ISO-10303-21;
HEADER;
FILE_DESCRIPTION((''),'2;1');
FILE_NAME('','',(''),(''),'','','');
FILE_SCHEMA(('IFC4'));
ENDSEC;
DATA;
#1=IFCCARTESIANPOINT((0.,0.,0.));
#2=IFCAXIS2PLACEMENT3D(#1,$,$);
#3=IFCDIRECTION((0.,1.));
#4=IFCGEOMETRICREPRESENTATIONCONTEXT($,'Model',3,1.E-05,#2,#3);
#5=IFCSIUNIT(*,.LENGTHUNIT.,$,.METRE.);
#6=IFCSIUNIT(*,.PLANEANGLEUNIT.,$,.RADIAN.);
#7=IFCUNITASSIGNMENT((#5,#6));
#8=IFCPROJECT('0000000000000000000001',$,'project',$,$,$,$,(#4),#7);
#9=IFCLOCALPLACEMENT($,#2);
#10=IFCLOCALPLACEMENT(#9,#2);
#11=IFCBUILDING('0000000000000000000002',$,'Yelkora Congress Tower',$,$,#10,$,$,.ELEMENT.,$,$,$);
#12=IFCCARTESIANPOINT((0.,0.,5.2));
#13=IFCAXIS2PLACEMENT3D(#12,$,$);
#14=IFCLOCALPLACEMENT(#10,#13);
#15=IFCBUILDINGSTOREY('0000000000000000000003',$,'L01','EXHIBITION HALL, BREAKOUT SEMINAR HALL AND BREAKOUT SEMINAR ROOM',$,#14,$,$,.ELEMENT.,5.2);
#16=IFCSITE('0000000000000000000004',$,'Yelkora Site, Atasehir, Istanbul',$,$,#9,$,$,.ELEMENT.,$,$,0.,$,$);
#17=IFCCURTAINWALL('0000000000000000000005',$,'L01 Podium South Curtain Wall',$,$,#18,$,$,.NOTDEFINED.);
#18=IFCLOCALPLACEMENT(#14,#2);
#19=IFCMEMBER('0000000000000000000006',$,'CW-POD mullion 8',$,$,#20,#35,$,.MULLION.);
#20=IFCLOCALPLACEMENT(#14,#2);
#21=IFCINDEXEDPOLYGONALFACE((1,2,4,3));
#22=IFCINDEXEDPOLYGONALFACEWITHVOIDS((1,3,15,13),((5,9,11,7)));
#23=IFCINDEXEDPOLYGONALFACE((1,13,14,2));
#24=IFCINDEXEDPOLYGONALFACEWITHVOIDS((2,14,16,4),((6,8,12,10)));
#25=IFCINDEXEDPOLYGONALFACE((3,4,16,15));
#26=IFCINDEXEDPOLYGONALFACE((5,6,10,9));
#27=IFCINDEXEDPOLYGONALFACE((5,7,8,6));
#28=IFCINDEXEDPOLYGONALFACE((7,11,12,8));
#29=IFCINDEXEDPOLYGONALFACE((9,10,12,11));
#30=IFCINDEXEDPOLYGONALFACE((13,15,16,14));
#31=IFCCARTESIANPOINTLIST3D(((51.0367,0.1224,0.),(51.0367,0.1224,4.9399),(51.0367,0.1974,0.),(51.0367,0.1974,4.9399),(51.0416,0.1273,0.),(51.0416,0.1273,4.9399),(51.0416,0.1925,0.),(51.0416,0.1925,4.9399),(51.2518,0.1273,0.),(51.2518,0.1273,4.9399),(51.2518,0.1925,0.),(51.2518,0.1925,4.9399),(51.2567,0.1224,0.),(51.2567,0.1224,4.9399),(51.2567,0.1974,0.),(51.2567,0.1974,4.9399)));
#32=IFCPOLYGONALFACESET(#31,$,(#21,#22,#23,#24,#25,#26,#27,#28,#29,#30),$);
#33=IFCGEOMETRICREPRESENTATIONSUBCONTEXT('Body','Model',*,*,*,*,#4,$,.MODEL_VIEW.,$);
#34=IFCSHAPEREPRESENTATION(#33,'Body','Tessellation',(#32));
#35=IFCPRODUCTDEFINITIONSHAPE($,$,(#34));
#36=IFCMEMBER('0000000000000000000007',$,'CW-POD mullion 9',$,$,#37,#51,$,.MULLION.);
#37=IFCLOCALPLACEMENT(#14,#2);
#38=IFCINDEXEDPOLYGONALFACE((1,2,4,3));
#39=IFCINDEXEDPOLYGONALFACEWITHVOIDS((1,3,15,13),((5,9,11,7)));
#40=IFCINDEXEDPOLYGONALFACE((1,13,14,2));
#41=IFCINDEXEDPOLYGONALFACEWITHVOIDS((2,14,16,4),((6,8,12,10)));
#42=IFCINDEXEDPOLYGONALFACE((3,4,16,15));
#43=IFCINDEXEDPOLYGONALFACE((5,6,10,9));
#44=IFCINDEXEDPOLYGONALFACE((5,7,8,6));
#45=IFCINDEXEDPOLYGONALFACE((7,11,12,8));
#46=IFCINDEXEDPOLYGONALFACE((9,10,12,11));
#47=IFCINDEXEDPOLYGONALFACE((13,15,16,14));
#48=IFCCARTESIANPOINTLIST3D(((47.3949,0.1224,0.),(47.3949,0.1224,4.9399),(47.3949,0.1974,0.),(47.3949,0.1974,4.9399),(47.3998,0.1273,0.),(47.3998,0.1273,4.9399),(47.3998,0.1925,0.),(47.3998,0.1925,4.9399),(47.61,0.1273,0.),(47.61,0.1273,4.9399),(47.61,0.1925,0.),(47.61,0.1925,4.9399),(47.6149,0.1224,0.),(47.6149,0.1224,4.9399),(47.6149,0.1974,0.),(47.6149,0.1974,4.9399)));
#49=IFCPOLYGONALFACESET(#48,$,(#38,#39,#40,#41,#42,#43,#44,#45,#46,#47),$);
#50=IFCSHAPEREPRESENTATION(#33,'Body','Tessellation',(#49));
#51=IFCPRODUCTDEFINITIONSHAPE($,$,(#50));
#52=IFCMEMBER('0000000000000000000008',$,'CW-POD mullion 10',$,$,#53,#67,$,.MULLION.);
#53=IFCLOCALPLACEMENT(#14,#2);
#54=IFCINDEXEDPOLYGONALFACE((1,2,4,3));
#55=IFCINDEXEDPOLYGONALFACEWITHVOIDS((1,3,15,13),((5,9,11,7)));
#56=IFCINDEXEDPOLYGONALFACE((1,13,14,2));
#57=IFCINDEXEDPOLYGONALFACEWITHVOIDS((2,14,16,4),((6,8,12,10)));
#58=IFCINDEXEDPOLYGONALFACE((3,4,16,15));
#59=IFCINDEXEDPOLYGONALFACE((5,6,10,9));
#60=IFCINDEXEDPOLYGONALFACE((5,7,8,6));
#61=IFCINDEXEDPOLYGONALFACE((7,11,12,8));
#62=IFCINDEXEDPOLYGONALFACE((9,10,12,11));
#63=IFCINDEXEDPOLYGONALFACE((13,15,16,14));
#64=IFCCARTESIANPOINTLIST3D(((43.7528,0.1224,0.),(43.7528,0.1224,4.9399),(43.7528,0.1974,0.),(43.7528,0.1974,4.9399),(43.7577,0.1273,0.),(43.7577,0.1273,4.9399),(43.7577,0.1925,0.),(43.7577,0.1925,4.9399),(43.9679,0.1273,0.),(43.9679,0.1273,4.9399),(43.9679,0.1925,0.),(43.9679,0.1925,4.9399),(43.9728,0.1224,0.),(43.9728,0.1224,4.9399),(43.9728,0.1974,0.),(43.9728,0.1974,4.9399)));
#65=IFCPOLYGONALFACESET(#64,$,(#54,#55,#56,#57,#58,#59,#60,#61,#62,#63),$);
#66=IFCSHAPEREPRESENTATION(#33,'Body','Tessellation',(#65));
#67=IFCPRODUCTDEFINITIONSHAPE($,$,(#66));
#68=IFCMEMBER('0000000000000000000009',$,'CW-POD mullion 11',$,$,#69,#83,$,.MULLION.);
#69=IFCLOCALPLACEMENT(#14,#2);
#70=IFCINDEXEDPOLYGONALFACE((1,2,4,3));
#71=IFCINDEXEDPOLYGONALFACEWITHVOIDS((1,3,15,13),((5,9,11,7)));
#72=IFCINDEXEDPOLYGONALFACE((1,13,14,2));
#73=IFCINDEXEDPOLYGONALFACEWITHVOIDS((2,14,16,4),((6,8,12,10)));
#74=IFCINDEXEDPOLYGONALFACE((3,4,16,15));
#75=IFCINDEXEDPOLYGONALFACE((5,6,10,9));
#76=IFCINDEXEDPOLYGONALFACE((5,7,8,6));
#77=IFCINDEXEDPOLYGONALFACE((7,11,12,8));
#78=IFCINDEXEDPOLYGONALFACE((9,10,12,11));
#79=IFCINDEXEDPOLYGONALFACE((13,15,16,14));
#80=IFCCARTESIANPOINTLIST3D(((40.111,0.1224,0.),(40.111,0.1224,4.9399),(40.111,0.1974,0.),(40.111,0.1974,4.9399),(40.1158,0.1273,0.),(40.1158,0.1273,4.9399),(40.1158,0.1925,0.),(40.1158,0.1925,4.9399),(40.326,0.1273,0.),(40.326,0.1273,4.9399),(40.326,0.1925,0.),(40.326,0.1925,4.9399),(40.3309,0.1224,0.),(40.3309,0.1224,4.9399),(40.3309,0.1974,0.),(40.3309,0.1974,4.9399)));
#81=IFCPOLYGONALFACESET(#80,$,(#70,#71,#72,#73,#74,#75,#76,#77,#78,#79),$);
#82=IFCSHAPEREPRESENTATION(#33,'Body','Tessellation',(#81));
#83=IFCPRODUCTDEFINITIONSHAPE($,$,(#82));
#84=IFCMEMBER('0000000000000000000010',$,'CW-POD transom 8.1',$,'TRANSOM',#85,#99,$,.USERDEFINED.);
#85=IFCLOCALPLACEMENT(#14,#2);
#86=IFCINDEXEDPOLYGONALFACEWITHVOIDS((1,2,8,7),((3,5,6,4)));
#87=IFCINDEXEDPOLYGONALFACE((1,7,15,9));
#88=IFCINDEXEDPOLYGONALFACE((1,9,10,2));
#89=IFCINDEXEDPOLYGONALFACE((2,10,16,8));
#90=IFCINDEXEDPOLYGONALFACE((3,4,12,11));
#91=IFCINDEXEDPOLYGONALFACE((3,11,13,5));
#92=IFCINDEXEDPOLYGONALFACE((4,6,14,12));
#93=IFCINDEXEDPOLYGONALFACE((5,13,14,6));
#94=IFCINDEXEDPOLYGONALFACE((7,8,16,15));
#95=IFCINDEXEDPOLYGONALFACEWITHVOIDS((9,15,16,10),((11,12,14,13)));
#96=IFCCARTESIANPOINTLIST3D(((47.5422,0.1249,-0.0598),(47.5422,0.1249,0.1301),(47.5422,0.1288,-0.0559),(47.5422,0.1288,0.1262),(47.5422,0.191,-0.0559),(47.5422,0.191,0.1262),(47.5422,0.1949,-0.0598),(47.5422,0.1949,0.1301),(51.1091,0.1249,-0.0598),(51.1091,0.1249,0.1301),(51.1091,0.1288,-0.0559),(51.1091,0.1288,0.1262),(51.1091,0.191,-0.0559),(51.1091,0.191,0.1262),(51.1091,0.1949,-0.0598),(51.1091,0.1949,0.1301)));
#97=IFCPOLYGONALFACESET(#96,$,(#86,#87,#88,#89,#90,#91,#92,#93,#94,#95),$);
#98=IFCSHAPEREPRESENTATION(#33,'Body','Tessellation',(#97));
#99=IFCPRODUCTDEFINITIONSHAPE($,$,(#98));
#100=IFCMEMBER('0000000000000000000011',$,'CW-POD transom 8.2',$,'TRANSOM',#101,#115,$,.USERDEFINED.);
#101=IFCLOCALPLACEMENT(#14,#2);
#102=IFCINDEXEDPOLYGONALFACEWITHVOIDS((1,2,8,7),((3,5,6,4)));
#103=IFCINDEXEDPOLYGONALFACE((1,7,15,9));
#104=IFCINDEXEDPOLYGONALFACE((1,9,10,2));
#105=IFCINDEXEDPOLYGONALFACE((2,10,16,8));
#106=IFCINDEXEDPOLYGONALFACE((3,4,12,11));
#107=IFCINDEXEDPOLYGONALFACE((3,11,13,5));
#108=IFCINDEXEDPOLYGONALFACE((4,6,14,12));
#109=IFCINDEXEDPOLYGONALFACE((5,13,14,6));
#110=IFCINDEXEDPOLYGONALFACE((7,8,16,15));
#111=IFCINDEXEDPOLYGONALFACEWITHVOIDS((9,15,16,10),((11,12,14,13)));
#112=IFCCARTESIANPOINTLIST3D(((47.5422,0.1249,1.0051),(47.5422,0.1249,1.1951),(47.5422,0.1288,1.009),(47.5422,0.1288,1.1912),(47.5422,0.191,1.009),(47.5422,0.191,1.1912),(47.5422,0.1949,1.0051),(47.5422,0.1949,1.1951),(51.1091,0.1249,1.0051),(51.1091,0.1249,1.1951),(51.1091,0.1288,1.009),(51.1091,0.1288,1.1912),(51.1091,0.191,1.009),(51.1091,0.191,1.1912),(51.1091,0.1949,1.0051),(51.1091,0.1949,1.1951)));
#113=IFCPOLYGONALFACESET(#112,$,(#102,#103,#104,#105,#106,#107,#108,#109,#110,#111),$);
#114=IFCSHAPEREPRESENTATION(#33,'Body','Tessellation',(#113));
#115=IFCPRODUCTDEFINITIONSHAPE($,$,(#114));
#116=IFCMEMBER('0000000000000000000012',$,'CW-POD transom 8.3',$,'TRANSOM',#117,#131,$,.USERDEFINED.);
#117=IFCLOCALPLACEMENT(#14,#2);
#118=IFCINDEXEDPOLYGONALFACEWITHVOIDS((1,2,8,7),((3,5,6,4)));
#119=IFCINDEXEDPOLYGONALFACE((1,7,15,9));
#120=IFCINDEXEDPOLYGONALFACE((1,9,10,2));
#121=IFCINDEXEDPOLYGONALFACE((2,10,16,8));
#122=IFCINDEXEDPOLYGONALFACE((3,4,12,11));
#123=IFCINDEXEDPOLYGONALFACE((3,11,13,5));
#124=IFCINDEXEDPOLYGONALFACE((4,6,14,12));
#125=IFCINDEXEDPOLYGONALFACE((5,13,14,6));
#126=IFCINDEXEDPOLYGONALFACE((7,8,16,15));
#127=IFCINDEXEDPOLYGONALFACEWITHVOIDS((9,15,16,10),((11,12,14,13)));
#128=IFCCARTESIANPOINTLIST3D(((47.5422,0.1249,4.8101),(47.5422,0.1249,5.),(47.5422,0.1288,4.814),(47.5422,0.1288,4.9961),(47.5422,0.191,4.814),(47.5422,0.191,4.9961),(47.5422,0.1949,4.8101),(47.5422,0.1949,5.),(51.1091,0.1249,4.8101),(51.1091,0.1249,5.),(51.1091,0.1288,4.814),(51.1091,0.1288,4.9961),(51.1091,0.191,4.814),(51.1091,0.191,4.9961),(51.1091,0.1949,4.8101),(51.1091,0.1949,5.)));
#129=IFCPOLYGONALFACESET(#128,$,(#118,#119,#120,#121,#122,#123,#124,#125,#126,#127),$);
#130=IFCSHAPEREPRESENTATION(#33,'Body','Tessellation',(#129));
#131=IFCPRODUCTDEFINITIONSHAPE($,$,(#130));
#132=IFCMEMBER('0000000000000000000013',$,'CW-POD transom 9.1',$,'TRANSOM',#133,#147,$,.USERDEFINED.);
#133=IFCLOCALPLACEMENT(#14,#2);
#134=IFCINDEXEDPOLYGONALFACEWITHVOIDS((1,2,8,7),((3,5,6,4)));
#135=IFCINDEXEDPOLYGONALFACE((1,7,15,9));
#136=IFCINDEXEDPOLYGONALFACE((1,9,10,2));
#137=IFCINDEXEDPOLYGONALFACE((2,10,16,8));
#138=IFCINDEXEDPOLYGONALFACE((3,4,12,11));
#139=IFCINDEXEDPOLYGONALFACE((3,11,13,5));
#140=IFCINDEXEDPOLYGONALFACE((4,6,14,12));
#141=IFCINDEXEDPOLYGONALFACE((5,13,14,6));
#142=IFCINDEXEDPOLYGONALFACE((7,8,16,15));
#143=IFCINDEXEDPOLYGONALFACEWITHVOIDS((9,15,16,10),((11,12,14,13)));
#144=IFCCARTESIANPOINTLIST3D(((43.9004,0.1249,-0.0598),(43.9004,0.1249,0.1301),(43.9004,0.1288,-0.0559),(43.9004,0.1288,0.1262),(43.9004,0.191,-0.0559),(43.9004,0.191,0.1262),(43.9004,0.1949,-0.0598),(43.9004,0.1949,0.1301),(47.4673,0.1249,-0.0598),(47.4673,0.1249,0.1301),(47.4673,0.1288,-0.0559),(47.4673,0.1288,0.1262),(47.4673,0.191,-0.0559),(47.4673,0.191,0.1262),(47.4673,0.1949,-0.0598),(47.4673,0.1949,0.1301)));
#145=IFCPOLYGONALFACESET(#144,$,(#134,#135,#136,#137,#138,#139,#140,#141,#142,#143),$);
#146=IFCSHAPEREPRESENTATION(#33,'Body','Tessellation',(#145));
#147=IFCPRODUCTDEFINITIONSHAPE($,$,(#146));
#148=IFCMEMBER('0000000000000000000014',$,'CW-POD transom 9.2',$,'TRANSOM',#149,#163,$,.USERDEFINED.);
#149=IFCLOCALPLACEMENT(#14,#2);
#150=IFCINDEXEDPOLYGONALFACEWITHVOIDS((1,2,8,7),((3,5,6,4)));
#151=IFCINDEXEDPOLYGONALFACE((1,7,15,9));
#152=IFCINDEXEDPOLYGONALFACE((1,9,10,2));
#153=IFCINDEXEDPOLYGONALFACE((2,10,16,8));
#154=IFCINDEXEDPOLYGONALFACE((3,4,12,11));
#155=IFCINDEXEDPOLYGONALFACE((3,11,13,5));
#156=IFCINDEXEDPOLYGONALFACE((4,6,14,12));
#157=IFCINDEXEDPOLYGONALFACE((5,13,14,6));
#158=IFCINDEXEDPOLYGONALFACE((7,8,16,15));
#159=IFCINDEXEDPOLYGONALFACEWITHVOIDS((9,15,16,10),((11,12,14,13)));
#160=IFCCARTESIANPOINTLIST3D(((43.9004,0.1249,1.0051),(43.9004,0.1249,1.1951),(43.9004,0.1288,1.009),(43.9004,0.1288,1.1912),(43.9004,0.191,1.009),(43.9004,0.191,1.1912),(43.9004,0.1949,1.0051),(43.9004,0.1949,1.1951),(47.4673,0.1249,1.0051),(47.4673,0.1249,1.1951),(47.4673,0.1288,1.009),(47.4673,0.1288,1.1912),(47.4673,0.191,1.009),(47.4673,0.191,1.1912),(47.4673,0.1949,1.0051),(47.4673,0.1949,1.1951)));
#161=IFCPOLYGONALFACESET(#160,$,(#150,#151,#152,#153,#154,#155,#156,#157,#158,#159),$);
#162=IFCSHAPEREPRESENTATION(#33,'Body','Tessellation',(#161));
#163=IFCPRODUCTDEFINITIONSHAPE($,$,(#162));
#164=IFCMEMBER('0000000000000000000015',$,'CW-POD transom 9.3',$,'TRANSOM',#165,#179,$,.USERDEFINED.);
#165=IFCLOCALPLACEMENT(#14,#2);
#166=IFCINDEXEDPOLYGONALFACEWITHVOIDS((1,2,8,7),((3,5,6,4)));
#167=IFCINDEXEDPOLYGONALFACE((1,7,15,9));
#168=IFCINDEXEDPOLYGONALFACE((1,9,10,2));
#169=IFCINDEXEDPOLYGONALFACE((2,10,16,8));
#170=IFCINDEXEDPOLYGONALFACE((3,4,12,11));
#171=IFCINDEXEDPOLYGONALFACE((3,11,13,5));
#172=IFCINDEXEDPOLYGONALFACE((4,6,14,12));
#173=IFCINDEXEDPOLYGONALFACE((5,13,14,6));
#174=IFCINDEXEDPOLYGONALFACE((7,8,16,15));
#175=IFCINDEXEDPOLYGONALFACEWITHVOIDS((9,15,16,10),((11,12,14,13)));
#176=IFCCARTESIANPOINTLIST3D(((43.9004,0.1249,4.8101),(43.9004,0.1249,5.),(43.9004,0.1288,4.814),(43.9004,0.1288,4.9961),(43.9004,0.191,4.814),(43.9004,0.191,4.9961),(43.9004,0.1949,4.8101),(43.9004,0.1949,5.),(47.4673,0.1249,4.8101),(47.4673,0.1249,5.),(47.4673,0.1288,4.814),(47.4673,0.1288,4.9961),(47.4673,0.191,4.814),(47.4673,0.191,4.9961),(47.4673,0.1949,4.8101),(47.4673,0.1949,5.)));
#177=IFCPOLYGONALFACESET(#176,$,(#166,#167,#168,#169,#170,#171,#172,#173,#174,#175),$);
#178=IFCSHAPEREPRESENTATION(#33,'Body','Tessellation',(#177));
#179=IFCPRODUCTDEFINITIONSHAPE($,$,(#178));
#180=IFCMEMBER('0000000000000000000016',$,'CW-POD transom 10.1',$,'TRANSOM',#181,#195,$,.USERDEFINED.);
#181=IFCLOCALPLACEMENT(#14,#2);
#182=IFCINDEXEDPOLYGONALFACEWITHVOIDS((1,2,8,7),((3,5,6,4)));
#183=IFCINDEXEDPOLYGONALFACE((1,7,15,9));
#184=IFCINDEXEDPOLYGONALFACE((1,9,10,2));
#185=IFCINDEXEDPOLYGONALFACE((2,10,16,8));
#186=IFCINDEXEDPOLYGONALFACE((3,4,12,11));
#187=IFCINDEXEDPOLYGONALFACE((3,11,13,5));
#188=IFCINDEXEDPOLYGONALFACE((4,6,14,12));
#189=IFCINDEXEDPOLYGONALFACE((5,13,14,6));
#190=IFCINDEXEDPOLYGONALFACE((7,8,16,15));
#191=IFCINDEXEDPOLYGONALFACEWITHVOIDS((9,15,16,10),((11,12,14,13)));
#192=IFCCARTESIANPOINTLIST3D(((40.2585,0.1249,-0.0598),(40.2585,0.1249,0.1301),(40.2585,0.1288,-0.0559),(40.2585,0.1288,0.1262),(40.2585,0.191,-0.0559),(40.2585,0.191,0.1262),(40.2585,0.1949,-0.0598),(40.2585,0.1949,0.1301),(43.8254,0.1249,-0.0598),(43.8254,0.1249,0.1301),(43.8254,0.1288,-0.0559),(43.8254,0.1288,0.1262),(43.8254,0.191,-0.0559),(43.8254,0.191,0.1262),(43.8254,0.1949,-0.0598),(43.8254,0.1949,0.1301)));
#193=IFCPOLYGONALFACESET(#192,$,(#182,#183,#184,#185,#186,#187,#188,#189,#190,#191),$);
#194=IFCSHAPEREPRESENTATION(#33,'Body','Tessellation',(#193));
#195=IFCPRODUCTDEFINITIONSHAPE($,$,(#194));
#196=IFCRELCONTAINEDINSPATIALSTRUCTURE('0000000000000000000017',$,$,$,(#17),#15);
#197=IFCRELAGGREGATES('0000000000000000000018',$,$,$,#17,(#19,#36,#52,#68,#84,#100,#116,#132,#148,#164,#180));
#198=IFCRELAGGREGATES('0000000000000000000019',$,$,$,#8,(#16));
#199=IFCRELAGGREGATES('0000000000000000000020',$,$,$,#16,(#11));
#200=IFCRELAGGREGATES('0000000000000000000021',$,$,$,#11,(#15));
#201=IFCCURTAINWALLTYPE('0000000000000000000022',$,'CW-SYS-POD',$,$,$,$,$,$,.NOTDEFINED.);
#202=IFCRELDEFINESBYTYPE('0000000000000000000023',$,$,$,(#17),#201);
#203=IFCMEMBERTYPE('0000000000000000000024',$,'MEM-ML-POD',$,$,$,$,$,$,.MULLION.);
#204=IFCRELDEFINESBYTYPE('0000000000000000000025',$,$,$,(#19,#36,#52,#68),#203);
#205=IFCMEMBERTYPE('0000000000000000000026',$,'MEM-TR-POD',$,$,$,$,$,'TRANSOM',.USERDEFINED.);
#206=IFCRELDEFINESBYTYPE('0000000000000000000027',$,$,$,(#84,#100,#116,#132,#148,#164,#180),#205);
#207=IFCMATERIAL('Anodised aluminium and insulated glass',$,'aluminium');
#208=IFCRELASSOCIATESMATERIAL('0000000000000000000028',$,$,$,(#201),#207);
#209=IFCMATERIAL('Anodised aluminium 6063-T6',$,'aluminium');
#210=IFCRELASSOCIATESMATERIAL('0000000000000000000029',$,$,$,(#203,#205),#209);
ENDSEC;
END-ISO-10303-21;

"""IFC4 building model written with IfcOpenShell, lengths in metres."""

from ifc_helpers import new_model, si_unit, direction, frame, origin, origin_2d, place, context, subcontext, project, spatial, hollow_rectangle, extrude, material, material_profile, profile_set, type_object, element, aggregate, save


model = new_model("IFC4")

# Units and contexts
model_context = context("Model", 3, precision=1e-05, world=origin(), true_north=direction((0.0, 1.0)))
body_context = subcontext(model_context, "Body", "Model", "MODEL_VIEW")
ifc_project = project(units=[si_unit("LENGTHUNIT", "METRE"), si_unit("PLANEANGLEUNIT", "RADIAN")], contexts=[model_context])

# Site, building, storey
site_placement = place(None, origin())
site = spatial("IfcSite", under=ifc_project, at=site_placement, Name="Yelkora Site, Atasehir, Istanbul", CompositionType="ELEMENT", RefElevation=0.0)
building_placement = place(site_placement, origin())
building = spatial("IfcBuilding", under=site, at=building_placement, Name="Yelkora Congress Tower", CompositionType="ELEMENT")
storey_placement = place(building_placement, frame((0.0, 0.0, 5.2)))
storey = spatial("IfcBuildingStorey", under=building, at=storey_placement, Name="L01", Description="EXHIBITION HALL, BREAKOUT SEMINAR HALL AND BREAKOUT SEMINAR ROOM", CompositionType="ELEMENT", Elevation=5.2)

# Curtain wall, members
ifc_material_1 = material(Name="Anodised aluminium and insulated glass", Category="aluminium")
curtain_wall_type = type_object("IfcCurtainWallType", Name="CW-SYS-POD", PredefinedType="NOTDEFINED", material=ifc_material_1)
curtain_wall_placement = place(storey_placement, origin())
curtain_wall = element("IfcCurtainWall", 1, at=curtain_wall_placement, inside=storey, type_object=curtain_wall_type, Name="L01 Podium South Curtain Wall", PredefinedType="NOTDEFINED")
ifc_material_2 = material(Name="Anodised aluminium 6063-T6", Category="aluminium")
ifc_material_profile_1 = material_profile(ifc_material_2, hollow_rectangle(XDim=0.075, YDim=0.22, WallThickness=0.0049, at=origin_2d()), Name="ALU 75x220x5")
ifc_profile_set_1 = profile_set([ifc_material_profile_1], Name="Anodised aluminium 6063-T6")
member_type_1 = type_object("IfcMemberType", Name="MEM-ML-POD", PredefinedType="MULLION", material=ifc_profile_set_1)
member_1_placement = place(storey_placement, frame((51.1467, 0.1599, 0.0), z_axis=(0.0, 0.0, 1.0), x_axis=(0.0, -1.0, 0.0)))
member_1 = element("IfcMember", 2, at=member_1_placement, type_object=member_type_1, Name="CW-POD mullion 8", PredefinedType="MULLION", context=body_context, shape_type="SweptSolid", body=[
    extrude(hollow_rectangle(XDim=0.075, YDim=0.22, WallThickness=0.0049, at=origin_2d()), origin(), (0.0, 0.0, 1.0), 4.9399),
])
member_2_placement = place(storey_placement, frame((47.5049, 0.1599, 0.0), z_axis=(0.0, 0.0, 1.0), x_axis=(0.0, -1.0, 0.0)))
member_2 = element("IfcMember", 3, at=member_2_placement, type_object=member_type_1, Name="CW-POD mullion 9", PredefinedType="MULLION", context=body_context, shape_type="SweptSolid", body=[
    extrude(hollow_rectangle(XDim=0.075, YDim=0.22, WallThickness=0.0049, at=origin_2d()), origin(), (0.0, 0.0, 1.0), 4.9399),
])
member_3_placement = place(storey_placement, frame((43.8628, 0.1599, 0.0), z_axis=(0.0, 0.0, 1.0), x_axis=(0.0, -1.0, 0.0)))
member_3 = element("IfcMember", 4, at=member_3_placement, type_object=member_type_1, Name="CW-POD mullion 10", PredefinedType="MULLION", context=body_context, shape_type="SweptSolid", body=[
    extrude(hollow_rectangle(XDim=0.075, YDim=0.22, WallThickness=0.0049, at=origin_2d()), origin(), (0.0, 0.0, 1.0), 4.9399),
])
member_4_placement = place(storey_placement, frame((40.2209, 0.1599, 0.0), z_axis=(0.0, 0.0, 1.0), x_axis=(0.0, -1.0, 0.0)))
member_4 = element("IfcMember", 5, at=member_4_placement, type_object=member_type_1, Name="CW-POD mullion 11", PredefinedType="MULLION", context=body_context, shape_type="SweptSolid", body=[
    extrude(hollow_rectangle(XDim=0.075, YDim=0.22, WallThickness=0.0049, at=origin_2d()), origin(), (0.0, 0.0, 1.0), 4.9399),
])
ifc_material_profile_2 = material_profile(ifc_material_2, hollow_rectangle(XDim=0.0701, YDim=0.1899, WallThickness=0.0039, at=origin_2d()), Name="ALU 70x190x4")
ifc_profile_set_2 = profile_set([ifc_material_profile_2], Name="Anodised aluminium 6063-T6")
member_type_2 = type_object("IfcMemberType", Name="MEM-TR-POD", ElementType="TRANSOM", PredefinedType="USERDEFINED", material=ifc_profile_set_2)
member_5_placement = place(storey_placement, frame((51.1091, 0.1599, 0.0352), z_axis=(-1.0, 0.0, 0.0), x_axis=(0.0, -1.0, 0.0)))
member_5 = element("IfcMember", 6, at=member_5_placement, type_object=member_type_2, Name="CW-POD transom 8.1", ObjectType="TRANSOM", PredefinedType="USERDEFINED", context=body_context, shape_type="SweptSolid", body=[
    extrude(hollow_rectangle(XDim=0.0701, YDim=0.1899, WallThickness=0.0039, at=origin_2d()), origin(), (0.0, 0.0, 1.0), 3.5669),
])
member_6_placement = place(storey_placement, frame((51.1091, 0.1599, 1.1001), z_axis=(-1.0, 0.0, 0.0), x_axis=(0.0, -1.0, 0.0)))
member_6 = element("IfcMember", 7, at=member_6_placement, type_object=member_type_2, Name="CW-POD transom 8.2", ObjectType="TRANSOM", PredefinedType="USERDEFINED", context=body_context, shape_type="SweptSolid", body=[
    extrude(hollow_rectangle(XDim=0.0701, YDim=0.1899, WallThickness=0.0039, at=origin_2d()), origin(), (0.0, 0.0, 1.0), 3.5669),
])
member_7_placement = place(storey_placement, frame((51.1091, 0.1599, 4.905), z_axis=(-1.0, 0.0, 0.0), x_axis=(0.0, -1.0, 0.0)))
member_7 = element("IfcMember", 8, at=member_7_placement, type_object=member_type_2, Name="CW-POD transom 8.3", ObjectType="TRANSOM", PredefinedType="USERDEFINED", context=body_context, shape_type="SweptSolid", body=[
    extrude(hollow_rectangle(XDim=0.0701, YDim=0.1899, WallThickness=0.0039, at=origin_2d()), origin(), (0.0, 0.0, 1.0), 3.5669),
])
member_8_placement = place(storey_placement, frame((47.4673, 0.1599, 0.0352), z_axis=(-1.0, 0.0, 0.0), x_axis=(0.0, -1.0, 0.0)))
member_8 = element("IfcMember", 9, at=member_8_placement, type_object=member_type_2, Name="CW-POD transom 9.1", ObjectType="TRANSOM", PredefinedType="USERDEFINED", context=body_context, shape_type="SweptSolid", body=[
    extrude(hollow_rectangle(XDim=0.0701, YDim=0.1899, WallThickness=0.0039, at=origin_2d()), origin(), (0.0, 0.0, 1.0), 3.5669),
])
member_9_placement = place(storey_placement, frame((47.4673, 0.1599, 1.1001), z_axis=(-1.0, 0.0, 0.0), x_axis=(0.0, -1.0, 0.0)))
member_9 = element("IfcMember", 10, at=member_9_placement, type_object=member_type_2, Name="CW-POD transom 9.2", ObjectType="TRANSOM", PredefinedType="USERDEFINED", context=body_context, shape_type="SweptSolid", body=[
    extrude(hollow_rectangle(XDim=0.0701, YDim=0.1899, WallThickness=0.0039, at=origin_2d()), origin(), (0.0, 0.0, 1.0), 3.5669),
])
member_10_placement = place(storey_placement, frame((47.4673, 0.1599, 4.905), z_axis=(-1.0, 0.0, 0.0), x_axis=(0.0, -1.0, 0.0)))
member_10 = element("IfcMember", 11, at=member_10_placement, type_object=member_type_2, Name="CW-POD transom 9.3", ObjectType="TRANSOM", PredefinedType="USERDEFINED", context=body_context, shape_type="SweptSolid", body=[
    extrude(hollow_rectangle(XDim=0.0701, YDim=0.1899, WallThickness=0.0039, at=origin_2d()), origin(), (0.0, 0.0, 1.0), 3.5669),
])
member_11_placement = place(storey_placement, frame((43.8254, 0.1599, 0.0352), z_axis=(-1.0, 0.0, 0.0), x_axis=(0.0, -1.0, 0.0)))
member_11 = element("IfcMember", 12, at=member_11_placement, type_object=member_type_2, Name="CW-POD transom 10.1", ObjectType="TRANSOM", PredefinedType="USERDEFINED", context=body_context, shape_type="SweptSolid", body=[
    extrude(hollow_rectangle(XDim=0.0701, YDim=0.1899, WallThickness=0.0039, at=origin_2d()), origin(), (0.0, 0.0, 1.0), 3.5669),
])
aggregate(curtain_wall, [member_1, member_2, member_3, member_4, member_5, member_6, member_7, member_8, member_9, member_10, member_11])

save(model, "model.ifc")
